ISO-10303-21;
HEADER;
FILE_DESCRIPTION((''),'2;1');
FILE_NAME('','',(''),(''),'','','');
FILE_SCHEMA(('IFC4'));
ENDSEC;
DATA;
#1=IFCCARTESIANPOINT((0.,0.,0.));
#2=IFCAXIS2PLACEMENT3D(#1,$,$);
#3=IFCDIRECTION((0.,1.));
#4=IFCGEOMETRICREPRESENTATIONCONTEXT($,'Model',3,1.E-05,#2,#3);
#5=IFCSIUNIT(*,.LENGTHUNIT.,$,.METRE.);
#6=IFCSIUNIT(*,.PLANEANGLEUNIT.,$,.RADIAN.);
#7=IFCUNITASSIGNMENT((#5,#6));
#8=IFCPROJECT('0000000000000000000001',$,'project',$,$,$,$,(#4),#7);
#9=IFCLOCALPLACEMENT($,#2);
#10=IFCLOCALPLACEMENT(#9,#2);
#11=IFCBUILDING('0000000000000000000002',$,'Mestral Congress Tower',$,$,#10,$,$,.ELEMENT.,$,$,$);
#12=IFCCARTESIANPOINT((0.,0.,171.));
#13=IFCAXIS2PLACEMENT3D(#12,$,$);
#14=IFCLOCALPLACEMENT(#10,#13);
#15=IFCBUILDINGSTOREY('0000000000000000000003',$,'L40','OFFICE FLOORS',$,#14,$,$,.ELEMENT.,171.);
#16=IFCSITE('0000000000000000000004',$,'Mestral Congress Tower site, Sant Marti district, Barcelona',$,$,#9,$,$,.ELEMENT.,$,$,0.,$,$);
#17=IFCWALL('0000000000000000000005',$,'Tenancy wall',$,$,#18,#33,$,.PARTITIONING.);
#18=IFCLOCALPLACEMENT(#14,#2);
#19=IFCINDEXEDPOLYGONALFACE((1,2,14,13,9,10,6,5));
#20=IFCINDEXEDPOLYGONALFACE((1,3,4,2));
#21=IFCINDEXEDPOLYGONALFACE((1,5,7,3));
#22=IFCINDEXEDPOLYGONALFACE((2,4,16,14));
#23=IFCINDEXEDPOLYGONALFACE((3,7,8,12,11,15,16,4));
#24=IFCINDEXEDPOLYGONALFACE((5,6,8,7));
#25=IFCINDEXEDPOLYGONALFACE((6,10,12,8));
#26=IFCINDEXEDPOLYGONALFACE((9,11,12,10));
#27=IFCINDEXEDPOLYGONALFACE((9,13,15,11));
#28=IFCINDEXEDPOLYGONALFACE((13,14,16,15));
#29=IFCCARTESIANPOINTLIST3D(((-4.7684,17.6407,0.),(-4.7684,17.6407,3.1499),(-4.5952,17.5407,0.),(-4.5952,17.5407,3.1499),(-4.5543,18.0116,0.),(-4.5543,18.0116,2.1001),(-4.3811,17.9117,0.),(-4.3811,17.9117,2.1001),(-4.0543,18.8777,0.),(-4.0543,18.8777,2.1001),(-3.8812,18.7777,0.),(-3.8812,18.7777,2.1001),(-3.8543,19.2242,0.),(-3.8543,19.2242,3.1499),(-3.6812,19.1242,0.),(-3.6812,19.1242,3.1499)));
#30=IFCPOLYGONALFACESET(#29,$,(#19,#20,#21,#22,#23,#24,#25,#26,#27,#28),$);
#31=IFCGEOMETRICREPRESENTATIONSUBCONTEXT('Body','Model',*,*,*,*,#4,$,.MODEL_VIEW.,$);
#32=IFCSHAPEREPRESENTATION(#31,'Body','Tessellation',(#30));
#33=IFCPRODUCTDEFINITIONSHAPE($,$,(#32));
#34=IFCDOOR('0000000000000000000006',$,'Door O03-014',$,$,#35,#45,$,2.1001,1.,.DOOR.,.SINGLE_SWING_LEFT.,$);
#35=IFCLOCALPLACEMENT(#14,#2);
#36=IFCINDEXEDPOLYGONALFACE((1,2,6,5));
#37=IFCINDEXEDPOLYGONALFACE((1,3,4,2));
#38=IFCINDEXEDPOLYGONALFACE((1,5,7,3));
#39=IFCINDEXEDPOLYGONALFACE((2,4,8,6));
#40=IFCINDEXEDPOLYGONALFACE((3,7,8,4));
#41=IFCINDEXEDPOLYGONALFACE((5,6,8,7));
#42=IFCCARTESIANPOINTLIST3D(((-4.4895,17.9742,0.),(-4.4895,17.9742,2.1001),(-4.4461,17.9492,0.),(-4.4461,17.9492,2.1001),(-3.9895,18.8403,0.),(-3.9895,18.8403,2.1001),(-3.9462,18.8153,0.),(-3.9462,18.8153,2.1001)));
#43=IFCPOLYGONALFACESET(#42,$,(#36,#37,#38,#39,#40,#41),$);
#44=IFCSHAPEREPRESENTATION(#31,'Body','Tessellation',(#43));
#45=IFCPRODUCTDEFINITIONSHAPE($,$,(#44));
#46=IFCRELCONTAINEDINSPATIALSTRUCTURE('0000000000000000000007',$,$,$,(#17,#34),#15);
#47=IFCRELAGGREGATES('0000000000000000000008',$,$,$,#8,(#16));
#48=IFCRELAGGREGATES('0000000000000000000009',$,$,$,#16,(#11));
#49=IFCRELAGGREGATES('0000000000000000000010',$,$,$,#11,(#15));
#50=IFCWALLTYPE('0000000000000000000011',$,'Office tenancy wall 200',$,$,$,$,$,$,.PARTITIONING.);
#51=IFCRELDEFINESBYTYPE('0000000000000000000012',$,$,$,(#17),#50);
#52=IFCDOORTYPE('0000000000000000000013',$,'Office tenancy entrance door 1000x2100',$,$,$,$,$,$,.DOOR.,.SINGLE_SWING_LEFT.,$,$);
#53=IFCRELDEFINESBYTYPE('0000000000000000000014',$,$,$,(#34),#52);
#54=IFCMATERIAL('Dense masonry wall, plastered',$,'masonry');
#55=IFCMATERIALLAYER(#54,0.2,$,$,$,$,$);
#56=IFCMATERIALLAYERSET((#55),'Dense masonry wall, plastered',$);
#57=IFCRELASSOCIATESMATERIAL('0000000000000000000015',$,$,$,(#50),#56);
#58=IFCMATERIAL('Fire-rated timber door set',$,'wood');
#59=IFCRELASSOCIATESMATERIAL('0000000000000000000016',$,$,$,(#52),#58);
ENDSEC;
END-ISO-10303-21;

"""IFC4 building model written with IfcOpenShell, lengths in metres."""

from ifc_helpers import new_model, si_unit, direction, frame, frame_2d, origin, place, context, subcontext, project, spatial, rectangle, extrude, material, layer, layer_set, type_object, element, fill, save


model = new_model("IFC4")

# Units and contexts
model_context = context("Model", 3, precision=1e-05, world=origin(), true_north=direction((0.0, 1.0)))
body_context = subcontext(model_context, "Body", "Model", "MODEL_VIEW")
ifc_project = project(units=[si_unit("LENGTHUNIT", "METRE"), si_unit("PLANEANGLEUNIT", "RADIAN")], contexts=[model_context])

# Site, building, storey
site_placement = place(None, origin())
site = spatial("IfcSite", under=ifc_project, at=site_placement, Name="Mestral Congress Tower site, Sant Marti district, Barcelona", CompositionType="ELEMENT", RefElevation=0.0)
building_placement = place(site_placement, origin())
building = spatial("IfcBuilding", under=site, at=building_placement, Name="Mestral Congress Tower", CompositionType="ELEMENT")
storey_placement = place(building_placement, frame((0.0, 0.0, 171.0)))
storey = spatial("IfcBuildingStorey", under=building, at=storey_placement, Name="L40", Description="OFFICE FLOORS", CompositionType="ELEMENT", Elevation=171.0)

# Shared definitions
ifc_material_1 = material(Name="Dense masonry wall, plastered", Category="masonry")
ifc_layer_1 = layer(ifc_material_1, 0.2)
ifc_layer_set_1 = layer_set([ifc_layer_1], Name="Dense masonry wall, plastered")
wall_type_1 = type_object("IfcWallType", Name="Office tenancy wall 200", PredefinedType="PARTITIONING", material=ifc_layer_set_1)

# Wall, opening, door
wall_1_placement = place(storey_placement, frame((-3.7678, 19.1741, 0.0), z_axis=(0.0, 0.0, 1.0), x_axis=(-0.499931, -0.866066, 0.0)))
wall_1 = element("IfcWall", 1, at=wall_1_placement, inside=storey, type_object=wall_type_1, Name="Tenancy wall", PredefinedType="PARTITIONING", context=body_context, shape_type="SweptSolid", body=[
    extrude(rectangle(XDim=1.8284, YDim=0.2, at=frame_2d((0.9141, 0.0))), origin(), (0.0, 0.0, 1.0), 3.1499),
])
opening_1_placement = place(wall_1_placement, frame((0.3999, 0.0, 0.0)))
opening_1 = element("IfcOpeningElement", 2, at=opening_1_placement, cuts=wall_1, PredefinedType="OPENING", context=body_context, shape_type="SweptSolid", body=[
    extrude(rectangle(XDim=1.0, YDim=2.1001, at=frame_2d((0.5, 1.05))), frame((0.0, 0.1099, 0.0), z_axis=(0.0, -1.0, 0.0), x_axis=(1.0, 0.0, 0.0)), (0.0, 0.0, 1.0), 0.22),
])
ifc_material_2 = material(Name="Fire-rated timber door set", Category="wood")
door_type = type_object("IfcDoorType", Name="Office tenancy entrance door 1000x2100", OperationType="SINGLE_SWING_LEFT", PredefinedType="DOOR", material=ifc_material_2)
door_placement = place(opening_1_placement, origin())
door = element("IfcDoor", 3, at=door_placement, inside=storey, type_object=door_type, Name="Door O03-014", OperationType="SINGLE_SWING_LEFT", OverallHeight=2.1001, OverallWidth=1.0, PredefinedType="DOOR", context=body_context, shape_type="SweptSolid", body=[
    extrude(rectangle(XDim=1.0, YDim=2.1001, at=frame_2d((0.5, 1.05))), frame((0.0, 0.0249, 0.0), z_axis=(0.0, -1.0, 0.0), x_axis=(1.0, 0.0, 0.0)), (0.0, 0.0, 1.0), 0.05),
])
fill(opening_1, door)

save(model, "model.ifc")
